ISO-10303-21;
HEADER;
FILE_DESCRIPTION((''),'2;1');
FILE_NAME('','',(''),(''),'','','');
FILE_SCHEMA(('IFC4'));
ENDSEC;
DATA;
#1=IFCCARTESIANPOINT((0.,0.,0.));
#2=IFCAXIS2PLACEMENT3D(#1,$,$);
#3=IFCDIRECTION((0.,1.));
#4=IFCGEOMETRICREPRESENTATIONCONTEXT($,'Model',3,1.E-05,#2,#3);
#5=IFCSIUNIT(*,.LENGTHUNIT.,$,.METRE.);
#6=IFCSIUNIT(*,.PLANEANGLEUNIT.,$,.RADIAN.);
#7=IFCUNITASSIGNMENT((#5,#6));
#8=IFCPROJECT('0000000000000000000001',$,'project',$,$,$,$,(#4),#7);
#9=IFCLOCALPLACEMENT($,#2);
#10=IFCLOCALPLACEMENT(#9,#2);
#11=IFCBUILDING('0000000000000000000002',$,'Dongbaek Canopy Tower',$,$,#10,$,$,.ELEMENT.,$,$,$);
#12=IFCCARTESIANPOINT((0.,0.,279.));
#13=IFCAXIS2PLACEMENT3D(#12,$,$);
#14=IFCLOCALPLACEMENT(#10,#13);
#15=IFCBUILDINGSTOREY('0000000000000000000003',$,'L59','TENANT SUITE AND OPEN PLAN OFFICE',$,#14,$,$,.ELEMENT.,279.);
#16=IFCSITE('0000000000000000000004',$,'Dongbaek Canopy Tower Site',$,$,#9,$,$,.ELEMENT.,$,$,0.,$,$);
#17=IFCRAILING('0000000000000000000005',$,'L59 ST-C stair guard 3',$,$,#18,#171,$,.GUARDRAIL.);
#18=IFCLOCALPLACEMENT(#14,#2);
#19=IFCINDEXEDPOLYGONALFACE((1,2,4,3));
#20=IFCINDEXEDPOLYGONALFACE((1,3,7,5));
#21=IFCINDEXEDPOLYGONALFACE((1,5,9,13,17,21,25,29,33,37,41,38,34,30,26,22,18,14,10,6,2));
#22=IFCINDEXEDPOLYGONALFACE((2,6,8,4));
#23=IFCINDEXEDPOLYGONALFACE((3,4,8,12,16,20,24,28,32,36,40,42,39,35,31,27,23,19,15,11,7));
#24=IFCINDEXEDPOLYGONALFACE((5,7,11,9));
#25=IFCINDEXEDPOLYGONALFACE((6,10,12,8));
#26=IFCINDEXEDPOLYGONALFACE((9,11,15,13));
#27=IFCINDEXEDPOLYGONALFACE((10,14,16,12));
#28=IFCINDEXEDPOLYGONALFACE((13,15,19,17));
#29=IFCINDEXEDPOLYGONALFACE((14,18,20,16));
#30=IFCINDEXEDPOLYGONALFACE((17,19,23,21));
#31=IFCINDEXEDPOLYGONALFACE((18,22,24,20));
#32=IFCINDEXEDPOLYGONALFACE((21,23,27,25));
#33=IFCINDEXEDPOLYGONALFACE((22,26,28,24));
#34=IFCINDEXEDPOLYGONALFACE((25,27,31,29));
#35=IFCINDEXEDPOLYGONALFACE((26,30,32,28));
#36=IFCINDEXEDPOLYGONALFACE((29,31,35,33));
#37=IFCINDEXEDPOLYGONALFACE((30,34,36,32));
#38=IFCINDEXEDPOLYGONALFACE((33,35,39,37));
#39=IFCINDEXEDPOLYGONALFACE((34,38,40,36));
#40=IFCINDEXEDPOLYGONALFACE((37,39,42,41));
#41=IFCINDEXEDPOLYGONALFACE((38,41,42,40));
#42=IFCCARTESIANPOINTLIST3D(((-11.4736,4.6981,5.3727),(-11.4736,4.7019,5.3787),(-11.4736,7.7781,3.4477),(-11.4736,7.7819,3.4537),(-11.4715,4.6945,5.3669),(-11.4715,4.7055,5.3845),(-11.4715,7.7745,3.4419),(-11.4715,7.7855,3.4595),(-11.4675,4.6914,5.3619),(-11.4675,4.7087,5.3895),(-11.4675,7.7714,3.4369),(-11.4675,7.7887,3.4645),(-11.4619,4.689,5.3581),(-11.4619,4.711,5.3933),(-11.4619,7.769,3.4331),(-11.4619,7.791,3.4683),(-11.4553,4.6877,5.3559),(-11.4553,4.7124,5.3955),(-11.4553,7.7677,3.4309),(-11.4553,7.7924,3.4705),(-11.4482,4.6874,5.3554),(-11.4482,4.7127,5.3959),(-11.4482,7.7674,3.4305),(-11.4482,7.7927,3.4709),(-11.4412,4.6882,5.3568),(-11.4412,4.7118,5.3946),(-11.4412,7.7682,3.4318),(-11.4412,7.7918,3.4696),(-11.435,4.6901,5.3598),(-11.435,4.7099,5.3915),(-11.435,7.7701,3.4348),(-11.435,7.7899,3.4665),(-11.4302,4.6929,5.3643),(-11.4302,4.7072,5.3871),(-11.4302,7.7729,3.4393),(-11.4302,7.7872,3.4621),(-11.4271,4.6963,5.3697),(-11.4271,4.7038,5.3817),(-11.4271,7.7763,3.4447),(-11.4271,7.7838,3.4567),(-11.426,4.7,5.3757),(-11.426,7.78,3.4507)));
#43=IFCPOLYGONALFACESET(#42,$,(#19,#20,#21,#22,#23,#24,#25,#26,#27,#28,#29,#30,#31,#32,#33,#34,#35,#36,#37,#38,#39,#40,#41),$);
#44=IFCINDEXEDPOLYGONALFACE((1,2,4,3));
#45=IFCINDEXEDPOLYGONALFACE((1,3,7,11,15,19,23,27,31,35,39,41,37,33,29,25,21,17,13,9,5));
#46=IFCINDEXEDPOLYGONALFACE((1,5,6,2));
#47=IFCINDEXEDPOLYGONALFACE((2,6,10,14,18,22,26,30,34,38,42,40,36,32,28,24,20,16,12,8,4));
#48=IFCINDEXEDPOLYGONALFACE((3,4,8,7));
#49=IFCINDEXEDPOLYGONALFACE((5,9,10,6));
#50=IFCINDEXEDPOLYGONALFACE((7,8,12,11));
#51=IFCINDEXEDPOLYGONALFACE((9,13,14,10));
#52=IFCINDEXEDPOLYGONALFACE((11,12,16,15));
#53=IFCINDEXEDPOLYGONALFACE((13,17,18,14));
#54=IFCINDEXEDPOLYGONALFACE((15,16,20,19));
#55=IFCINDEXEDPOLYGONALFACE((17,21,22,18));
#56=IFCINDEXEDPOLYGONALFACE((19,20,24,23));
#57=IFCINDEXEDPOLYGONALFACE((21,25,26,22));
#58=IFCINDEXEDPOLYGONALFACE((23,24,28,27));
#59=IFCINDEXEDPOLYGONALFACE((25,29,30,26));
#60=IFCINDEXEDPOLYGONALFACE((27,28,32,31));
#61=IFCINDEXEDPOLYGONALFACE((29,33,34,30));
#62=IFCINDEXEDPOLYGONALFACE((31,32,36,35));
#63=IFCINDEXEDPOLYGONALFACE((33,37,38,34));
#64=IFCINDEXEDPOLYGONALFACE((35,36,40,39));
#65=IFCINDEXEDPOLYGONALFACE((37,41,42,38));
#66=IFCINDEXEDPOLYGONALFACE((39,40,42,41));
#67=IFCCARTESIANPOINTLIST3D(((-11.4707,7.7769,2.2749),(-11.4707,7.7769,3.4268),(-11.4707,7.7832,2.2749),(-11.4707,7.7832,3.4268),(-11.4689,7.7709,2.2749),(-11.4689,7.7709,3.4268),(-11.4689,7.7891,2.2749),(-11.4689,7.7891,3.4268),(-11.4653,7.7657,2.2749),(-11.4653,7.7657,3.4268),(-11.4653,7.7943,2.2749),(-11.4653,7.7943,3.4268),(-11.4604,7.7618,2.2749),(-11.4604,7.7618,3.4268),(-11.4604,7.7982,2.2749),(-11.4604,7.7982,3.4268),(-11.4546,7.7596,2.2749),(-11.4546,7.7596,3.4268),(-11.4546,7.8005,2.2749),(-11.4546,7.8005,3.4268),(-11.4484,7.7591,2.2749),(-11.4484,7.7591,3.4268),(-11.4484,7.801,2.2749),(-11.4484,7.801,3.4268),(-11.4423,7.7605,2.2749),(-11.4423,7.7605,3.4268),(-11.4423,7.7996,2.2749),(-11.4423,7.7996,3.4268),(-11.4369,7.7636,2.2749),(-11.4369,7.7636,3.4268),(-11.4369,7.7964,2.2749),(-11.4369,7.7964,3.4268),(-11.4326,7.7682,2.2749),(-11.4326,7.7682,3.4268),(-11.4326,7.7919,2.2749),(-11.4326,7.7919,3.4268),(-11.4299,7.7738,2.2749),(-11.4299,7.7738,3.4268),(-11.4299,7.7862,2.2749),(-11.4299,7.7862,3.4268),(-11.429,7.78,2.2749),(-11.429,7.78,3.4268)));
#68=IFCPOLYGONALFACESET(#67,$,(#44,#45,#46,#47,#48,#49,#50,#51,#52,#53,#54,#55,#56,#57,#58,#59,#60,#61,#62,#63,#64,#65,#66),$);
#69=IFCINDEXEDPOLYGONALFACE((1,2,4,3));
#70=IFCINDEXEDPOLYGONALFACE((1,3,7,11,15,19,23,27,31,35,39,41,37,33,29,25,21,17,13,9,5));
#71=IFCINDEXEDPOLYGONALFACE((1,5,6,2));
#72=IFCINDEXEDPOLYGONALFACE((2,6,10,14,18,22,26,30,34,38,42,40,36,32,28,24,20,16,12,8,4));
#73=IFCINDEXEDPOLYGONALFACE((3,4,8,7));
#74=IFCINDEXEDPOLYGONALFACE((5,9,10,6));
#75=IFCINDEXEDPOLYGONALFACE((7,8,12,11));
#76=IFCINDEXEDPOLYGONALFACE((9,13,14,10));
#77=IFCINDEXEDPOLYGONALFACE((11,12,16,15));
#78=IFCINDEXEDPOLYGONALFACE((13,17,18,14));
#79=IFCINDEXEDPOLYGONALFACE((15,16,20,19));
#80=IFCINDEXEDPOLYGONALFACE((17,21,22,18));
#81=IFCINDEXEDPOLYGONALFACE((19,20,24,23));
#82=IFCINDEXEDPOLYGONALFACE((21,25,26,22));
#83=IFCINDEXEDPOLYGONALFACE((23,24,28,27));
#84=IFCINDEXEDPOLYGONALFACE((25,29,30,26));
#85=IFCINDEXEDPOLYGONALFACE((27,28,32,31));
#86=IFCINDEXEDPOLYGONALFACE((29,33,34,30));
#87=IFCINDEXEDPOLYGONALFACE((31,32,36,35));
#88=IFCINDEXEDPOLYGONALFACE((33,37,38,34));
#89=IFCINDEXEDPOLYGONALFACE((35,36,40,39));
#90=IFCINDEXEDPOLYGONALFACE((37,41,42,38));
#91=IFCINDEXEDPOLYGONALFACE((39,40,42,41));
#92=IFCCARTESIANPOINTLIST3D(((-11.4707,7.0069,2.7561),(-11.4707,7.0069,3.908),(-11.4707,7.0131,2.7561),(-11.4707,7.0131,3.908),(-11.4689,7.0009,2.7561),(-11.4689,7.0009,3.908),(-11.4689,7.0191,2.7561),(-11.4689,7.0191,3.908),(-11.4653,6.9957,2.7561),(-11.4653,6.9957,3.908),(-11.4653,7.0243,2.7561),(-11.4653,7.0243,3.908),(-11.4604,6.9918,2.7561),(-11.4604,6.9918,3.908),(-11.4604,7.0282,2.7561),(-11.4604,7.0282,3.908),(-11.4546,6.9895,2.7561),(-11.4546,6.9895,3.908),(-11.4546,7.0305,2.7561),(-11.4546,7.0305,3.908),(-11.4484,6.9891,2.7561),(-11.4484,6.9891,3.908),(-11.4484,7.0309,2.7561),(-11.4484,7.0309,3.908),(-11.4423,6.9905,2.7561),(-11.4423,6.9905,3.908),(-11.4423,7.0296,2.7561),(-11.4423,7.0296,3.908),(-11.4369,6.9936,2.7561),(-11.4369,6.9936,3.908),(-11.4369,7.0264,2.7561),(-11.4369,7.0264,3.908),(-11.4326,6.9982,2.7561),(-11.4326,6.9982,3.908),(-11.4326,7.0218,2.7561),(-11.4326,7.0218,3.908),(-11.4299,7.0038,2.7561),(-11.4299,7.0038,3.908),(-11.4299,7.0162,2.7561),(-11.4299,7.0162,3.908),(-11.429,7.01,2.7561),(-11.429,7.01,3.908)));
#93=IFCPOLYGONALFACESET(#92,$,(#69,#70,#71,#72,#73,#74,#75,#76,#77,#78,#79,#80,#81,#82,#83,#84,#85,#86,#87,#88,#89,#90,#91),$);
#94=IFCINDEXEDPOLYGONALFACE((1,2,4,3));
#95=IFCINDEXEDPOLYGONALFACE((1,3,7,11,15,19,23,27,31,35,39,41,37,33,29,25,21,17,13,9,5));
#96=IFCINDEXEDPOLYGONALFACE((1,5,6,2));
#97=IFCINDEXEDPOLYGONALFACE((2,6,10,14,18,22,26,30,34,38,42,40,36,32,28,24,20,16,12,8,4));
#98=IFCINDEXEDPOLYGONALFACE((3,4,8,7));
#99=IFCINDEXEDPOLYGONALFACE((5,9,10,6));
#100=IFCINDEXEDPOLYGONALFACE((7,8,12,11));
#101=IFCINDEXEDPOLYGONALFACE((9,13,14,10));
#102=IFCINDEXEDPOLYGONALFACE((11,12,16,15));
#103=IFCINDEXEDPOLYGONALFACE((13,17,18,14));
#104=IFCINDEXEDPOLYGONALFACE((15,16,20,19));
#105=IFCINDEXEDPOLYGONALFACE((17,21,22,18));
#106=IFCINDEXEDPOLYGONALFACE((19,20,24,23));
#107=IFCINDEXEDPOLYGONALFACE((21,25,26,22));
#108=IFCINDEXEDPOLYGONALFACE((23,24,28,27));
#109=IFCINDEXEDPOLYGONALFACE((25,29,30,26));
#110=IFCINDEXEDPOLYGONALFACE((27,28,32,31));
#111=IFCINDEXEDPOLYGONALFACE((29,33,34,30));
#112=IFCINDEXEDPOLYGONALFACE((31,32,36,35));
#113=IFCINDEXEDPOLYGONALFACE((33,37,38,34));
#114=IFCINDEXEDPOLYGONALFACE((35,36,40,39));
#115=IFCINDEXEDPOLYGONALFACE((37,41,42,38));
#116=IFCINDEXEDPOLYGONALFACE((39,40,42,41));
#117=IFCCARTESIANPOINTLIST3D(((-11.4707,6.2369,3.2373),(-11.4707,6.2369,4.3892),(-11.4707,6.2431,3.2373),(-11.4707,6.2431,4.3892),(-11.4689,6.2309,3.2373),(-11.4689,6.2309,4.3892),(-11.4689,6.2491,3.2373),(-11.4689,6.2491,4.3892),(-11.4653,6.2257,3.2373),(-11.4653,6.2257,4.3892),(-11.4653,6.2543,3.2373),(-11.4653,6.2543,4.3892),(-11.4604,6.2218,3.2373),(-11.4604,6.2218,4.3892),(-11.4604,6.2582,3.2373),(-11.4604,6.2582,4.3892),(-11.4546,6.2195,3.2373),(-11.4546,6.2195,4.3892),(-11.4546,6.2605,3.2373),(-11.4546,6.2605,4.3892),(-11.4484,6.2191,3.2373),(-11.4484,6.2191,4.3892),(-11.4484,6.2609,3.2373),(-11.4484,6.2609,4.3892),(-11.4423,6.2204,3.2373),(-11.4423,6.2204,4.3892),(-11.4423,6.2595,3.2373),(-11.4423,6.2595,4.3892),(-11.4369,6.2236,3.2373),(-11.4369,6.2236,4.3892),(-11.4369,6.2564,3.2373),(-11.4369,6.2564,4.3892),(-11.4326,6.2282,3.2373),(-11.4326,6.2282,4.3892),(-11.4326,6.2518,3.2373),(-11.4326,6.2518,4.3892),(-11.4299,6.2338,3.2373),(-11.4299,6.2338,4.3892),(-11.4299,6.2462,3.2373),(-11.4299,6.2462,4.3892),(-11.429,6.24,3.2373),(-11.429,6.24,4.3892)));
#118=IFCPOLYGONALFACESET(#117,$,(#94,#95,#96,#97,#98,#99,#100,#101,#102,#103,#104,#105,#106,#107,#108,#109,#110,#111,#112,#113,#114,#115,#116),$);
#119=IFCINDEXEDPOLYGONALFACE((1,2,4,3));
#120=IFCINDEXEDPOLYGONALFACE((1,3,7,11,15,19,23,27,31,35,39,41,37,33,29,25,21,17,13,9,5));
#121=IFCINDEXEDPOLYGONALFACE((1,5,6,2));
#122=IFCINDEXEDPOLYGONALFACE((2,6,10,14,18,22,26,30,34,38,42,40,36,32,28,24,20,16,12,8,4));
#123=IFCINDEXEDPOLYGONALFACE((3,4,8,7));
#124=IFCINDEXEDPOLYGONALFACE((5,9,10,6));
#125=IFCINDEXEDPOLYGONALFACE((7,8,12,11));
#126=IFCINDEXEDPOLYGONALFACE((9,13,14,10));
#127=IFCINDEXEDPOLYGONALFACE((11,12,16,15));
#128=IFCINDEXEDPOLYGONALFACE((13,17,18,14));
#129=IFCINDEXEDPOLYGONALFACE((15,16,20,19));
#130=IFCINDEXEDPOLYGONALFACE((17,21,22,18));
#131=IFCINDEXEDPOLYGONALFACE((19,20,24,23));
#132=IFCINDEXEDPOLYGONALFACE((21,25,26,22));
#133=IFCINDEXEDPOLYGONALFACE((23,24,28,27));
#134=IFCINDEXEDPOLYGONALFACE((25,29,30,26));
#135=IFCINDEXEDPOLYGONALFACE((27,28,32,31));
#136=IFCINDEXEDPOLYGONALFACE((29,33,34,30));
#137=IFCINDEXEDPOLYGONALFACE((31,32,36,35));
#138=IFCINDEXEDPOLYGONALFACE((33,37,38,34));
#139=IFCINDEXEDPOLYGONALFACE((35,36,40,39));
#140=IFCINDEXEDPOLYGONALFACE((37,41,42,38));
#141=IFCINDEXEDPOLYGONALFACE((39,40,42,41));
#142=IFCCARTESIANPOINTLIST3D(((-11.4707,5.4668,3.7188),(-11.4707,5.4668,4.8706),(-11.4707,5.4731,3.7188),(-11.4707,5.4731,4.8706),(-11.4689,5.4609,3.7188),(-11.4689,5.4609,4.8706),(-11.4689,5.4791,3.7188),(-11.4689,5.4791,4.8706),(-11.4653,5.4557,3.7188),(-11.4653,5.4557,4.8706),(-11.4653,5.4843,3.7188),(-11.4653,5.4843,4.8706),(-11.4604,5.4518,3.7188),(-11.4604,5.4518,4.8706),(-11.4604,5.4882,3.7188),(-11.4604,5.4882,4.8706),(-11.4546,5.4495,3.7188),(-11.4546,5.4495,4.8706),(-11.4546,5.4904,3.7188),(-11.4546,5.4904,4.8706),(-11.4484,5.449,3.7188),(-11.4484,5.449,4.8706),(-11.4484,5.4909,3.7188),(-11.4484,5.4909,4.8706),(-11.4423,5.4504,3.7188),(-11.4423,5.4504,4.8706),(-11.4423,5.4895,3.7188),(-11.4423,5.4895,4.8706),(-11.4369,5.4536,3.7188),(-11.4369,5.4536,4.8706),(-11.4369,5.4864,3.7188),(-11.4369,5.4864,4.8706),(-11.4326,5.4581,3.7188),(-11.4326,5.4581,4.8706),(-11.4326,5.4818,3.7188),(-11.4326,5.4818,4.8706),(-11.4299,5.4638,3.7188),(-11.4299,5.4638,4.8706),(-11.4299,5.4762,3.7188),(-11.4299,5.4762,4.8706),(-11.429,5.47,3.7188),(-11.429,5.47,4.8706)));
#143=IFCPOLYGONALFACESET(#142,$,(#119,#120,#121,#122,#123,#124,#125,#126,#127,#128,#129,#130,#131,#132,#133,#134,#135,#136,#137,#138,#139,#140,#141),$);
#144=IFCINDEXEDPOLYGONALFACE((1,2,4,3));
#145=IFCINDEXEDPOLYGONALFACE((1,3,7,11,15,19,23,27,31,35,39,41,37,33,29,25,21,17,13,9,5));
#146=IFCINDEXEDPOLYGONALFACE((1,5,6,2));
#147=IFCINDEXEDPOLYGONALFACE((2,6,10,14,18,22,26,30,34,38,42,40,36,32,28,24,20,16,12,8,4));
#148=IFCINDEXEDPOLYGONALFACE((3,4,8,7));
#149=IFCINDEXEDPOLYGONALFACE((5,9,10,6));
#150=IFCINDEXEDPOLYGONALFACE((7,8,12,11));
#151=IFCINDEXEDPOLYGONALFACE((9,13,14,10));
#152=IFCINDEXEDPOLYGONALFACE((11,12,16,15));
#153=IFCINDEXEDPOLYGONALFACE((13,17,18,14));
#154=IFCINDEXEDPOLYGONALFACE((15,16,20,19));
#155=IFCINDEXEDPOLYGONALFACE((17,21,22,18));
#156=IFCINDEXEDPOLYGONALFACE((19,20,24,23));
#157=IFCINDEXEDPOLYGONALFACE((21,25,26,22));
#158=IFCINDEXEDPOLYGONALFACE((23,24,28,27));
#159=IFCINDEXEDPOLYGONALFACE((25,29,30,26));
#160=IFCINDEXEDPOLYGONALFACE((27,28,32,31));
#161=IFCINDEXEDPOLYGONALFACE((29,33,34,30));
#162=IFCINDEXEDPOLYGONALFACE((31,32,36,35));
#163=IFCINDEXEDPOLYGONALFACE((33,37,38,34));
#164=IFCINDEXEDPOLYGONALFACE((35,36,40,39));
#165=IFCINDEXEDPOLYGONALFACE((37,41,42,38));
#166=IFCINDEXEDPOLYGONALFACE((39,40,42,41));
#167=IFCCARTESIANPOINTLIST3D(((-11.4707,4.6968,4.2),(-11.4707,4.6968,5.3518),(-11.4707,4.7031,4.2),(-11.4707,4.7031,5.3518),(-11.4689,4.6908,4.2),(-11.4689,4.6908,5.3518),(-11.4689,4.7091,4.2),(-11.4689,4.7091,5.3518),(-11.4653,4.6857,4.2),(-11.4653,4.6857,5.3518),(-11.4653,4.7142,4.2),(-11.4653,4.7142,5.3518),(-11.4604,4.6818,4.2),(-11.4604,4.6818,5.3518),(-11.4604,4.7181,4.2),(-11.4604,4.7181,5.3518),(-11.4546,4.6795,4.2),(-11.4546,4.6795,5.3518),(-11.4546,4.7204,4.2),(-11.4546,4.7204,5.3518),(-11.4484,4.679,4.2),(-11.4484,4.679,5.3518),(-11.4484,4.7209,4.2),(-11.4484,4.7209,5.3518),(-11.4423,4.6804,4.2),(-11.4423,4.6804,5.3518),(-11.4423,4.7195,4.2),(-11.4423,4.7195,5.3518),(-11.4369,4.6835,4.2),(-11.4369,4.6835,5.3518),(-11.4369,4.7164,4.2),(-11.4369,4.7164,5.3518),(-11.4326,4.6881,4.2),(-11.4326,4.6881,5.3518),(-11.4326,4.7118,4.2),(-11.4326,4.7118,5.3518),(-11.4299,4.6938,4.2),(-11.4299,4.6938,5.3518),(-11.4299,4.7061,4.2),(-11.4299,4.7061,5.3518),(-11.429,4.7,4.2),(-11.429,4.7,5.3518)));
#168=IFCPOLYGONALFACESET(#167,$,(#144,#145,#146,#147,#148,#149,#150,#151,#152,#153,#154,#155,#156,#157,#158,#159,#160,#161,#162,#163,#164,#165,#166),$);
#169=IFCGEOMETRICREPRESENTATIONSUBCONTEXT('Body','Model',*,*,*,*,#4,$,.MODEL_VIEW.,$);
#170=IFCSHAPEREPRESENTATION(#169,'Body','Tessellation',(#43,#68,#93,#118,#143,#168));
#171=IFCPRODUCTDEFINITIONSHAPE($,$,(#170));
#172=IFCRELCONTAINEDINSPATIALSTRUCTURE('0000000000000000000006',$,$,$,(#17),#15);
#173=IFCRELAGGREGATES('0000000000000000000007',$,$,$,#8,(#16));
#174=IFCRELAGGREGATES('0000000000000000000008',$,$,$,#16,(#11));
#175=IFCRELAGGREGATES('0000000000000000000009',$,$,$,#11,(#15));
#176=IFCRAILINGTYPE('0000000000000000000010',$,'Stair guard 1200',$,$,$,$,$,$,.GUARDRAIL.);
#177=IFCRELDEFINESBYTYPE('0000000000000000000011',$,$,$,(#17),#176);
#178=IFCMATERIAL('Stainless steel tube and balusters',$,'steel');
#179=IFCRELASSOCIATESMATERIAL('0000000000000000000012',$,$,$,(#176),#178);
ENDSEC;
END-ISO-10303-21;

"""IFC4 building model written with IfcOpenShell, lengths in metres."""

from ifc_helpers import new_model, si_unit, direction, frame, origin, origin_2d, place, context, subcontext, project, spatial, circle, extrude, material, type_object, element, save


model = new_model("IFC4")

# Units and contexts
model_context = context("Model", 3, precision=1e-05, world=origin(), true_north=direction((0.0, 1.0)))
body_context = subcontext(model_context, "Body", "Model", "MODEL_VIEW")
ifc_project = project(units=[si_unit("LENGTHUNIT", "METRE"), si_unit("PLANEANGLEUNIT", "RADIAN")], contexts=[model_context])

# Site, building, storey
site_placement = place(None, origin())
site = spatial("IfcSite", under=ifc_project, at=site_placement, Name="Dongbaek Canopy Tower Site", CompositionType="ELEMENT", RefElevation=0.0)
building_placement = place(site_placement, origin())
building = spatial("IfcBuilding", under=site, at=building_placement, Name="Dongbaek Canopy Tower", CompositionType="ELEMENT")
storey_placement = place(building_placement, frame((0.0, 0.0, 279.0)))
storey = spatial("IfcBuildingStorey", under=building, at=storey_placement, Name="L59", Description="TENANT SUITE AND OPEN PLAN OFFICE", CompositionType="ELEMENT", Elevation=279.0)

# Railing
ifc_material_1 = material(Name="Stainless steel tube and balusters", Category="steel")
railing_type_1 = type_object("IfcRailingType", Name="Stair guard 1200", PredefinedType="GUARDRAIL", material=ifc_material_1)
railing_1_placement = place(storey_placement, frame((-11.45, 7.78, 2.2749)))
element("IfcRailing", 1, at=railing_1_placement, inside=storey, type_object=railing_type_1, Name="L59 ST-C stair guard 3", PredefinedType="GUARDRAIL", context=body_context, shape_type="SweptSolid", body=[
    extrude(circle(Radius=0.0239, at=origin_2d()), frame((0.0, 0.0, 1.1758), z_axis=(0.0, -0.847998, 0.529999), x_axis=(1.0, 0.0, 0.0)), (0.0, 0.0, 1.0), 3.6321),
    extrude(circle(Radius=0.021, at=origin_2d()), origin(), (0.0, 0.0, 1.0), 1.1519),
    extrude(circle(Radius=0.021, at=origin_2d()), frame((0.0, -0.77, 0.4812)), (0.0, 0.0, 1.0), 1.1519),
    extrude(circle(Radius=0.021, at=origin_2d()), frame((0.0, -1.54, 0.9624)), (0.0, 0.0, 1.0), 1.1519),
    extrude(circle(Radius=0.021, at=origin_2d()), frame((0.0, -2.3101, 1.4438)), (0.0, 0.0, 1.0), 1.1519),
    extrude(circle(Radius=0.021, at=origin_2d()), frame((0.0, -3.0801, 1.925)), (0.0, 0.0, 1.0), 1.1519),
])

save(model, "model.ifc")
